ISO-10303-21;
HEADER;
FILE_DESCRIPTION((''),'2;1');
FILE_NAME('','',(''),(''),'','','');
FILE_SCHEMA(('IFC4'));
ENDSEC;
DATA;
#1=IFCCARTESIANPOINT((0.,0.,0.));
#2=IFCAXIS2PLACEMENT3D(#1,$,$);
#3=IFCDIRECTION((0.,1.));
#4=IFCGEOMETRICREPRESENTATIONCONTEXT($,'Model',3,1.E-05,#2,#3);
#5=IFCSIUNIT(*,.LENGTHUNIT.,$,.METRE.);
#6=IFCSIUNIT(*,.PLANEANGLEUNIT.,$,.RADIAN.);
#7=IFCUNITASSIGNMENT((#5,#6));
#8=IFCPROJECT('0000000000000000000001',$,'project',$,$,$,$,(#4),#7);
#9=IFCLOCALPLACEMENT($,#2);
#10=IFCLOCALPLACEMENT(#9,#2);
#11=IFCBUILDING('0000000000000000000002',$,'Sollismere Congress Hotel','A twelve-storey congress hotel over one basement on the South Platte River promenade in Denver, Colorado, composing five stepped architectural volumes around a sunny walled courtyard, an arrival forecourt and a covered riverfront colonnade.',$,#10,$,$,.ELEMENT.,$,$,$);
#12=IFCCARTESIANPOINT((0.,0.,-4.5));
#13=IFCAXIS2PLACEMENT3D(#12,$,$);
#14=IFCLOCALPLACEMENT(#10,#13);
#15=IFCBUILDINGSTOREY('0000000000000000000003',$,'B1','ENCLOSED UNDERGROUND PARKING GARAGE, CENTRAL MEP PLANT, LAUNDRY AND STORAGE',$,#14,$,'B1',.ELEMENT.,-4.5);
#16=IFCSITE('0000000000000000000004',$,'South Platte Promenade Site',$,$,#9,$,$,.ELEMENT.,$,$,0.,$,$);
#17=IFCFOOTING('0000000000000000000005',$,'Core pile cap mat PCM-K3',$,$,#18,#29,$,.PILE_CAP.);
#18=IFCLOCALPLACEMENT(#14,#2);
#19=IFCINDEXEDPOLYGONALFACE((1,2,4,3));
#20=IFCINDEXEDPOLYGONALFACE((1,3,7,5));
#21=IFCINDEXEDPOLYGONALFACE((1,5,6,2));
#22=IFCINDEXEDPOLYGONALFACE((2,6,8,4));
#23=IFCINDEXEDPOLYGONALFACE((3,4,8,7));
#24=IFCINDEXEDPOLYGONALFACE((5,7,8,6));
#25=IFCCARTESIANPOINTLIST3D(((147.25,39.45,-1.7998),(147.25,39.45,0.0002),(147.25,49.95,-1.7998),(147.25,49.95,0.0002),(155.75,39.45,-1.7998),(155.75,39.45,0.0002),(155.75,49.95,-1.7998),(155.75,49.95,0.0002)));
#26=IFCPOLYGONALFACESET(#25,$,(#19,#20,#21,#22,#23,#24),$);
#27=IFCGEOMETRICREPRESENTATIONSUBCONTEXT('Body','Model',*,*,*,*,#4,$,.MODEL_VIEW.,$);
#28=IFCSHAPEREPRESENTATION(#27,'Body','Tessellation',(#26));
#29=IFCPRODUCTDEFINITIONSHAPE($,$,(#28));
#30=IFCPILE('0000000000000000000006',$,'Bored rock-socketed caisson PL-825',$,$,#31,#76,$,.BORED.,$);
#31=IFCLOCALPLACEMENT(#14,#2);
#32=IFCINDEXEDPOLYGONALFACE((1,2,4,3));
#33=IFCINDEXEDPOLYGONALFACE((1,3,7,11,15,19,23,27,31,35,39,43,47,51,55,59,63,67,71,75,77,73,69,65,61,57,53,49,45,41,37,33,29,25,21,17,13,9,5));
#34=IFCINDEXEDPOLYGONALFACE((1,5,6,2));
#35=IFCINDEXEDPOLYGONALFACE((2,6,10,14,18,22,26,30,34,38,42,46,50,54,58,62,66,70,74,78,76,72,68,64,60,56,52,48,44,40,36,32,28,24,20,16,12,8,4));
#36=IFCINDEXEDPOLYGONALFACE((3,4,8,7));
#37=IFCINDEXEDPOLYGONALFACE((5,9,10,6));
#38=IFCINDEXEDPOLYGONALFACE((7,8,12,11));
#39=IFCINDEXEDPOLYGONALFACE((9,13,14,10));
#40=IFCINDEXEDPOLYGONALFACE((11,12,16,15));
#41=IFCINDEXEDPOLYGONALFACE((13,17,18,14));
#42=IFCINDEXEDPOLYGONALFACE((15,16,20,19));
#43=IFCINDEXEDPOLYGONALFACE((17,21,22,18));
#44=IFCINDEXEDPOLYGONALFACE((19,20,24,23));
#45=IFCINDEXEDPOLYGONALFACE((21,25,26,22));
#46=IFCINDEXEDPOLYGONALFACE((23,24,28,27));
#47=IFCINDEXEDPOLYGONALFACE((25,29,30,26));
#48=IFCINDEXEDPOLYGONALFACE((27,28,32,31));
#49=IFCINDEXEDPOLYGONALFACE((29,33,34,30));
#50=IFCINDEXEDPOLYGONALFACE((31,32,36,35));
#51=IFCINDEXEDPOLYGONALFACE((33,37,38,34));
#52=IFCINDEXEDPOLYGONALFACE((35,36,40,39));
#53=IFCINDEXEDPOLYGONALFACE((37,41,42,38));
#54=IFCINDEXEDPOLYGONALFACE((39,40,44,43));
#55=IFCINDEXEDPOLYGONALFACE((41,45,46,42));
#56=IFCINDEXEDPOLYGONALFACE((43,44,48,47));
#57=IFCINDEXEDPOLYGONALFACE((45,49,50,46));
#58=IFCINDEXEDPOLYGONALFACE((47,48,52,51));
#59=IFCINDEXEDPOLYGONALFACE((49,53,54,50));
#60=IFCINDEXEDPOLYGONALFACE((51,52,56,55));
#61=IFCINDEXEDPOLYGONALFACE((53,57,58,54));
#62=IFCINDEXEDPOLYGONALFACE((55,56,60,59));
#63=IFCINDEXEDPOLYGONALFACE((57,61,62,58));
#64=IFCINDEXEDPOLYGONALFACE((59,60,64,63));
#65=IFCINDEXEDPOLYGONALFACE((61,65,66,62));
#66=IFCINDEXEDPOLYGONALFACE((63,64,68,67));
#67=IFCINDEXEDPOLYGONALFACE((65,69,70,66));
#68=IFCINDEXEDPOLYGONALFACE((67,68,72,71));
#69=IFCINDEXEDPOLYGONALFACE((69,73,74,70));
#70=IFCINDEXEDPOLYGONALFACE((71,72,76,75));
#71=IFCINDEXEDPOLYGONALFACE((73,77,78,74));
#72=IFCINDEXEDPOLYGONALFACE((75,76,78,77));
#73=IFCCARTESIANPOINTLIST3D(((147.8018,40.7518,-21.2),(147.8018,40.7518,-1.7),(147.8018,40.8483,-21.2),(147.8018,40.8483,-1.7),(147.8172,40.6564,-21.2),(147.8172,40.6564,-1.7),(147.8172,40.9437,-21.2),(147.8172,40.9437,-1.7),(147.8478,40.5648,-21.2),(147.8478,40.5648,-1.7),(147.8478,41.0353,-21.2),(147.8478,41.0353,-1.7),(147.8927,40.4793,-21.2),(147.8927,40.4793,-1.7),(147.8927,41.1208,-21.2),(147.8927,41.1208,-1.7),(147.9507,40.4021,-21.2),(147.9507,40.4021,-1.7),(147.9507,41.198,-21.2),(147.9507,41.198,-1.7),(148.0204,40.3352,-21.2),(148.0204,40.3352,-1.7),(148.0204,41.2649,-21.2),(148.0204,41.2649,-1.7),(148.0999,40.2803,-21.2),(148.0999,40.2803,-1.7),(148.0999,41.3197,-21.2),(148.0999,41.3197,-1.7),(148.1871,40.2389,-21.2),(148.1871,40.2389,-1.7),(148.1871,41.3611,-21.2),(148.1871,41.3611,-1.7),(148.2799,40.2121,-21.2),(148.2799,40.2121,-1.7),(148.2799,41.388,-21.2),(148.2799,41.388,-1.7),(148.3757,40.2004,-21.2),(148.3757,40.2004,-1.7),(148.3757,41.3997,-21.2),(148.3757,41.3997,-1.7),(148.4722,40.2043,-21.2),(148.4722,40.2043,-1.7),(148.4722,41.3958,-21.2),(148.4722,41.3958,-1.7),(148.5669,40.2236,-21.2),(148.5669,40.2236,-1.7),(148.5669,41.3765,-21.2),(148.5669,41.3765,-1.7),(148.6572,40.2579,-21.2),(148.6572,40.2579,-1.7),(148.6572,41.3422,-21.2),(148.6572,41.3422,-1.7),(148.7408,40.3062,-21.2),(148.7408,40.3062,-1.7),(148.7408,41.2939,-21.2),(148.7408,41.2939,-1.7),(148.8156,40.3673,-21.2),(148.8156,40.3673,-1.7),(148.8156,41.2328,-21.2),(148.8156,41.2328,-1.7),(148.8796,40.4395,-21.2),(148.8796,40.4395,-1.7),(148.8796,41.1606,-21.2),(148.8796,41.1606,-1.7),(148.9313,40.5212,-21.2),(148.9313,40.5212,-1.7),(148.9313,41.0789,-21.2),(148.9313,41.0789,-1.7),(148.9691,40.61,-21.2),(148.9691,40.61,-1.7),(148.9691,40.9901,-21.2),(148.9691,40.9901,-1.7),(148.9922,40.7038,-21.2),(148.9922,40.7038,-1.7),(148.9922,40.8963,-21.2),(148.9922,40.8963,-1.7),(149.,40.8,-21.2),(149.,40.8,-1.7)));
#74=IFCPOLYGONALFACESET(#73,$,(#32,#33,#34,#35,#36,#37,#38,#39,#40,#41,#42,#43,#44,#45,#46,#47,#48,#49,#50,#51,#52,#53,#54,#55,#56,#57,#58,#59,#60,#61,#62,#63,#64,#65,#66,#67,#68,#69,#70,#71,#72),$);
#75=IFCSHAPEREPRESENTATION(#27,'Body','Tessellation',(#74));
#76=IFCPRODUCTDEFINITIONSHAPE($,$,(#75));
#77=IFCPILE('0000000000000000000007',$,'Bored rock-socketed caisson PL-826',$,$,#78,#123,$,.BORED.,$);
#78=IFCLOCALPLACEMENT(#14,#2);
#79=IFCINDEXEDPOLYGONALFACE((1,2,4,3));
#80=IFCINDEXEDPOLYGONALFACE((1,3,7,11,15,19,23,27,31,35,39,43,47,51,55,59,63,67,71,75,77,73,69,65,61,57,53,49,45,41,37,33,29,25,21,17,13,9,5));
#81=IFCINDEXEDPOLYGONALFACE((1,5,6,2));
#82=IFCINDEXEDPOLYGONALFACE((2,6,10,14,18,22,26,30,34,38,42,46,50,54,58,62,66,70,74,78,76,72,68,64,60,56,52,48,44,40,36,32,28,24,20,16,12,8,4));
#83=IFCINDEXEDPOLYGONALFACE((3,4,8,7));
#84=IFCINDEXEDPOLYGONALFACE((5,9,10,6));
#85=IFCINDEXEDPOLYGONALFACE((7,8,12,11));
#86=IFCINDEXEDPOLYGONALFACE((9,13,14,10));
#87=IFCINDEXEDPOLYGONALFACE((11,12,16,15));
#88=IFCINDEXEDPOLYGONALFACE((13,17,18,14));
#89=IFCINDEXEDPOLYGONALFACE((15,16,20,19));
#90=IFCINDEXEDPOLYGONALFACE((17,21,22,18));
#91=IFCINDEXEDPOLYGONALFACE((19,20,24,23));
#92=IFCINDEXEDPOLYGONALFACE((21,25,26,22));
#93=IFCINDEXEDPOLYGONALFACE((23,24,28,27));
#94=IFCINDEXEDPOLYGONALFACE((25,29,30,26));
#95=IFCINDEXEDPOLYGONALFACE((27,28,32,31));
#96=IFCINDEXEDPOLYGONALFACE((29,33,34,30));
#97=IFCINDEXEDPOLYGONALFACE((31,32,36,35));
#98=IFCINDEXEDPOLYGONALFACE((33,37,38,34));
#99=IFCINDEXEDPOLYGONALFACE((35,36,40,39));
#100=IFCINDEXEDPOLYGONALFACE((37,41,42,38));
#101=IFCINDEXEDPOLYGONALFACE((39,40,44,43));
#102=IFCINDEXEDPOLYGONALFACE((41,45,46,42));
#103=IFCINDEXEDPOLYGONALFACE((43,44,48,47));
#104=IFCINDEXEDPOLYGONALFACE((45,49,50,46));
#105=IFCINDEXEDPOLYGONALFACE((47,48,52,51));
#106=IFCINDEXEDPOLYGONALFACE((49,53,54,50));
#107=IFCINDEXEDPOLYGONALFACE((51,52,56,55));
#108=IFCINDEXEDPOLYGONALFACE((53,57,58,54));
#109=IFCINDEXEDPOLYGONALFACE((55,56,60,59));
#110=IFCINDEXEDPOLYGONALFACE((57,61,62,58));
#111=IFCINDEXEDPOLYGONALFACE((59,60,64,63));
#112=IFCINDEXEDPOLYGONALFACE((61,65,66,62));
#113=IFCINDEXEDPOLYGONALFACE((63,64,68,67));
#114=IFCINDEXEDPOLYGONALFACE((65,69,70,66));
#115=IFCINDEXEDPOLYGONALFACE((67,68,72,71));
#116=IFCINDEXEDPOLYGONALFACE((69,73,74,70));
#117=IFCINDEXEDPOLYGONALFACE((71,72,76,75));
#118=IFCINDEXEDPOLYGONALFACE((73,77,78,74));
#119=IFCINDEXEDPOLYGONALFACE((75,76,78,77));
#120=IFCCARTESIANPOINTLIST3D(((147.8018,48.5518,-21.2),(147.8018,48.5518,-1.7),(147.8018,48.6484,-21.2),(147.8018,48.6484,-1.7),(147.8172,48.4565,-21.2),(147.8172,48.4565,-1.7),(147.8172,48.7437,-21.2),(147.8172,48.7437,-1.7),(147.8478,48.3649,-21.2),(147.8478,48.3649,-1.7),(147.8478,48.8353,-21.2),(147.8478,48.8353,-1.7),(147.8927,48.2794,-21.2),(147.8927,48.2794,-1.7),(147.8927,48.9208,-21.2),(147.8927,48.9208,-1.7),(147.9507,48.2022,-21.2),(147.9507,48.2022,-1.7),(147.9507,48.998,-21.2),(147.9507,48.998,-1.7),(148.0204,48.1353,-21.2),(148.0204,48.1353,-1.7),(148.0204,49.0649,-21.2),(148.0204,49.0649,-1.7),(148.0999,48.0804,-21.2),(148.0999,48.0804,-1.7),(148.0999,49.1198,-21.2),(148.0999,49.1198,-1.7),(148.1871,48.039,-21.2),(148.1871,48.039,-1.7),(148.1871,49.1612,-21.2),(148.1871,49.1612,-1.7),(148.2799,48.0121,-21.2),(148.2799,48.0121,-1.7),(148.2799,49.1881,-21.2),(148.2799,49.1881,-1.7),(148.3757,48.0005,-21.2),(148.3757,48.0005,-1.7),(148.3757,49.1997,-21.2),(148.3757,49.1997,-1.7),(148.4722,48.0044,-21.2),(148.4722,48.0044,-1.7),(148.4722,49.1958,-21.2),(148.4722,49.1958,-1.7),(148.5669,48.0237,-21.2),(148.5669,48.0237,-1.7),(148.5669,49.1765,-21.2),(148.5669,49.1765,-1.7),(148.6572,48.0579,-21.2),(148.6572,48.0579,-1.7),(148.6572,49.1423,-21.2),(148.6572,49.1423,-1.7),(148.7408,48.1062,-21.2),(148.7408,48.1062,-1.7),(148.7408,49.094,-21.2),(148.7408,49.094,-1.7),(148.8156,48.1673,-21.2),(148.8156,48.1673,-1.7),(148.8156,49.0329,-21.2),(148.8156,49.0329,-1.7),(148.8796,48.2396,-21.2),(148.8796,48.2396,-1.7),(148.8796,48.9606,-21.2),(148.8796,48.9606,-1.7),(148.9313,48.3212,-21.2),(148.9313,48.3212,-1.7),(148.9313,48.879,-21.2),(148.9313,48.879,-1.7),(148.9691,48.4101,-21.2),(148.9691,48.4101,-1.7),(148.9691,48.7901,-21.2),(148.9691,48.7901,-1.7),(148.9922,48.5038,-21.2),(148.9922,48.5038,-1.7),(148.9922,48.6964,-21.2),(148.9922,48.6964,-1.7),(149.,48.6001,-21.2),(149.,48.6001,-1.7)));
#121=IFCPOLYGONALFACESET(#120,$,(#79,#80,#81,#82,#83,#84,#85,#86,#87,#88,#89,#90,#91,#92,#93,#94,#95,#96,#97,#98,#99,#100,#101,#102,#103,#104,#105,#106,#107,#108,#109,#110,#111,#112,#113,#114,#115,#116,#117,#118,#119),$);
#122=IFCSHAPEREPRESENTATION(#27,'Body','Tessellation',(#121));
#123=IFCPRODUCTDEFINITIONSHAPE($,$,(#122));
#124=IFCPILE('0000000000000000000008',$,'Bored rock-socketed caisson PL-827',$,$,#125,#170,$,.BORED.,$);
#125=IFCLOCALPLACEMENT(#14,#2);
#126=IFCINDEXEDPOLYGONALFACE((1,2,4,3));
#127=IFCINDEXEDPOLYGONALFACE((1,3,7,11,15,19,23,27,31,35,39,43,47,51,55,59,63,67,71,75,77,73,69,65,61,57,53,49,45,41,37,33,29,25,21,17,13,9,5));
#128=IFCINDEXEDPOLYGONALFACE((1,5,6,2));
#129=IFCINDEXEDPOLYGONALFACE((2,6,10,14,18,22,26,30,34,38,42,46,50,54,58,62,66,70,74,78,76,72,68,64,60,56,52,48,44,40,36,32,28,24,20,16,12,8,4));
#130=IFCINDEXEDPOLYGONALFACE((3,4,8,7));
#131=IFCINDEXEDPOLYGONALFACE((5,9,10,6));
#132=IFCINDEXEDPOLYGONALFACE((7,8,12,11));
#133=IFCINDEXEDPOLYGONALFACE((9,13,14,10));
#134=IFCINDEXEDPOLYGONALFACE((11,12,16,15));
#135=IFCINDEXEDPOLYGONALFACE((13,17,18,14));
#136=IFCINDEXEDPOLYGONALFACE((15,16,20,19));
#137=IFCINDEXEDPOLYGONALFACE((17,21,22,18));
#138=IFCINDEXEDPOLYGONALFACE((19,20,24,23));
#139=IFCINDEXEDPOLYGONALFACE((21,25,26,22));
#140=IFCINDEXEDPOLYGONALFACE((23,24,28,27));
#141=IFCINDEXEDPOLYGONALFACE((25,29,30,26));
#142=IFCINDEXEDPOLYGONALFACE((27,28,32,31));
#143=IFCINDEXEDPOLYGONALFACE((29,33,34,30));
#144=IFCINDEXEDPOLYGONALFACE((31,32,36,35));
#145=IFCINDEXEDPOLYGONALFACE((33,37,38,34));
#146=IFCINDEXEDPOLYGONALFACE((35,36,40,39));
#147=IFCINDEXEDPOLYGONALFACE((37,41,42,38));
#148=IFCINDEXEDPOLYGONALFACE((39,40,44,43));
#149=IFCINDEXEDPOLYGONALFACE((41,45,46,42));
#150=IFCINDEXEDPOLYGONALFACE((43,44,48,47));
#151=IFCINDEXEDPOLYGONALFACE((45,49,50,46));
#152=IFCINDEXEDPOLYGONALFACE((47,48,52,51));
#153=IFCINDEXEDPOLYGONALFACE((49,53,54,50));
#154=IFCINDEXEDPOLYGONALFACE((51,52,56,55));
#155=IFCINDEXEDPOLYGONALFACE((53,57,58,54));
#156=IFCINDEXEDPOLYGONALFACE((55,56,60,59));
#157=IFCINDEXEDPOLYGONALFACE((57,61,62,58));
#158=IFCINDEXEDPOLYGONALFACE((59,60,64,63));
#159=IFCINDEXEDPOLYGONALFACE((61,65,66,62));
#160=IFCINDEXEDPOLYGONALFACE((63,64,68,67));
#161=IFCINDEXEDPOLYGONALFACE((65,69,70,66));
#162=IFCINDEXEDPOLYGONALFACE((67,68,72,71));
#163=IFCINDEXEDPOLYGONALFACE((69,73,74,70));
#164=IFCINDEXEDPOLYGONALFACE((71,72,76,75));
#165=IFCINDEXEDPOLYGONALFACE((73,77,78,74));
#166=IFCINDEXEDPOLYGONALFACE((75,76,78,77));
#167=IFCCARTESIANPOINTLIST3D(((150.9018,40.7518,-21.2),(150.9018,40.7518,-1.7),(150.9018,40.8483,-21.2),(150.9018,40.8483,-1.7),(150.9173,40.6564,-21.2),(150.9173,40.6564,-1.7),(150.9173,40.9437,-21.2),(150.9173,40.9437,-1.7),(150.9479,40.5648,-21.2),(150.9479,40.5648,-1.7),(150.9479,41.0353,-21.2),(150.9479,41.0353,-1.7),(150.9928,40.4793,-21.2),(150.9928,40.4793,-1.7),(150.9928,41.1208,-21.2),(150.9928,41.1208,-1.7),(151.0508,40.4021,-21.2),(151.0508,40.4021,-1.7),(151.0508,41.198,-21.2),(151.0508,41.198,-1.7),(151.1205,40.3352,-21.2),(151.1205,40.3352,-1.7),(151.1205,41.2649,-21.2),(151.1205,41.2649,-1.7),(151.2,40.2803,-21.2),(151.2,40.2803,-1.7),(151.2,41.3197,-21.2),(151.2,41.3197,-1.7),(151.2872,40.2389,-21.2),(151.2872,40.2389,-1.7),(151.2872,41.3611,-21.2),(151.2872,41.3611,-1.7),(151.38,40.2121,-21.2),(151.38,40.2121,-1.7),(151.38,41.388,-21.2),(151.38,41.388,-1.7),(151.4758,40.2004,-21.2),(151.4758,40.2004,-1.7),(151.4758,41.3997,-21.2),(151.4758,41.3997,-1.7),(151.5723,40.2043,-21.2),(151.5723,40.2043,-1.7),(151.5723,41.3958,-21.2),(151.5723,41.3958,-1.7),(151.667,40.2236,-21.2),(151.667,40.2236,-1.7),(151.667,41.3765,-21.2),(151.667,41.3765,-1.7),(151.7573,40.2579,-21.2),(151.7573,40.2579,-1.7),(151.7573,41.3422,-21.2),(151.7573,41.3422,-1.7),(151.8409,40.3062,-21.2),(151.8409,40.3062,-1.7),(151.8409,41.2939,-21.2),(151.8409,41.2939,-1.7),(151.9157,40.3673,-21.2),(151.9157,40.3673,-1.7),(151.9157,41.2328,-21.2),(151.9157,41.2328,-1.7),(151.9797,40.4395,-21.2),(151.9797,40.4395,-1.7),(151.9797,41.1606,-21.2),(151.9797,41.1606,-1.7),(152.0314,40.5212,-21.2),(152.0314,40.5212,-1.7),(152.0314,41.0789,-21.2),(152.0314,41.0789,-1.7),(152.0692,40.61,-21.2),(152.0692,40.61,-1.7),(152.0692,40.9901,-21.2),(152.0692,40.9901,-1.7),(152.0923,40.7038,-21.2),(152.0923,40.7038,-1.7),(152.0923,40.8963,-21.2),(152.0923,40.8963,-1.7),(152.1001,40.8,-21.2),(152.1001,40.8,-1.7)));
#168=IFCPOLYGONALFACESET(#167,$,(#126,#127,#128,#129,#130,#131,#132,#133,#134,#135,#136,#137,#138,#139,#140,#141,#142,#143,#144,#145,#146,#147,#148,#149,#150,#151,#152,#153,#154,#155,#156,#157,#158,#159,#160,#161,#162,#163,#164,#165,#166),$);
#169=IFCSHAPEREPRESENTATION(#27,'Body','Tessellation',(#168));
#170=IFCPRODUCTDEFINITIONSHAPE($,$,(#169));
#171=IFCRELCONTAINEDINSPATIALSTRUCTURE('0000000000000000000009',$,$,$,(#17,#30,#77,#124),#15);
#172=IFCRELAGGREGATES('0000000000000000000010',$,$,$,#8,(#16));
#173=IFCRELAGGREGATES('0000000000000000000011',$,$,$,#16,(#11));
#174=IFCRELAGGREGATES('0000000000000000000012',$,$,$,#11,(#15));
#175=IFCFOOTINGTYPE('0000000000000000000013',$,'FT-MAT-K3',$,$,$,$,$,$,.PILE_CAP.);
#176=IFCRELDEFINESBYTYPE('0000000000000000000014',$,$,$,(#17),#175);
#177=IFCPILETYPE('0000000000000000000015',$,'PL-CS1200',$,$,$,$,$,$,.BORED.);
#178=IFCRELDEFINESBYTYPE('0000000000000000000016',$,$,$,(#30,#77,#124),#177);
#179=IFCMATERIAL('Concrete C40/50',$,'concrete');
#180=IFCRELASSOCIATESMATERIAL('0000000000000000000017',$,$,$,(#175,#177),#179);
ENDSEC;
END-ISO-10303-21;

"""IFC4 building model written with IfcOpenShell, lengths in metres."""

from ifc_helpers import new_model, si_unit, direction, frame, origin, origin_2d, place, context, subcontext, project, spatial, rectangle, circle, extrude, material, material_profile, profile_set, type_object, element, save


model = new_model("IFC4")

# Units and contexts
model_context = context("Model", 3, precision=1e-05, world=origin(), true_north=direction((0.0, 1.0)))
body_context = subcontext(model_context, "Body", "Model", "MODEL_VIEW")
ifc_project = project(units=[si_unit("LENGTHUNIT", "METRE"), si_unit("PLANEANGLEUNIT", "RADIAN")], contexts=[model_context])

# Site, building, storey
site_placement = place(None, origin())
site = spatial("IfcSite", under=ifc_project, at=site_placement, Name="South Platte Promenade Site", CompositionType="ELEMENT", RefElevation=0.0)
building_placement = place(site_placement, origin())
building = spatial("IfcBuilding", under=site, at=building_placement, Name="Sollismere Congress Hotel", Description="A twelve-storey congress hotel over one basement on the South Platte River promenade in Denver, Colorado, composing five stepped architectural volumes around a sunny walled courtyard, an arrival forecourt and a covered riverfront colonnade.", CompositionType="ELEMENT")
storey_placement = place(building_placement, frame((0.0, 0.0, -4.5)))
storey = spatial("IfcBuildingStorey", under=building, at=storey_placement, Name="B1", Description="ENCLOSED UNDERGROUND PARKING GARAGE, CENTRAL MEP PLANT, LAUNDRY AND STORAGE", LongName="B1", CompositionType="ELEMENT", Elevation=-4.5)

# Footing
ifc_material_1 = material(Name="Concrete C40/50", Category="concrete")
footing_type = type_object("IfcFootingType", Name="FT-MAT-K3", PredefinedType="PILE_CAP", material=ifc_material_1)
footing_placement = place(storey_placement, frame((151.5, 44.7, -1.7998), z_axis=(0.0, 0.0, 1.0), x_axis=(1.0, 0.0, 0.0)))
element("IfcFooting", 1, at=footing_placement, inside=storey, type_object=footing_type, Name="Core pile cap mat PCM-K3", PredefinedType="PILE_CAP", context=body_context, shape_type="SweptSolid", body=[
    extrude(rectangle(XDim=8.5, YDim=10.5, at=origin_2d()), origin(), (0.0, 0.0, 1.0), 1.8),
])

# Piles
ifc_material_profile = material_profile(ifc_material_1, circle(Radius=0.6001, at=origin_2d()), Name="CAISSON1200")
ifc_profile_set = profile_set([ifc_material_profile], Name="Concrete C40/50")
pile_type = type_object("IfcPileType", Name="PL-CS1200", PredefinedType="BORED", material=ifc_profile_set)
for number, where, z_axis, x_axis, name in (
    (2, (148.3999, 40.8, -1.7), (0.0, 0.0, -1.0), (1.0, 0.0, 0.0), "Bored rock-socketed caisson PL-825"),
    (3, (148.3999, 48.6001, -1.7), (0.0, 0.0, -1.0), (1.0, 0.0, 0.0), "Bored rock-socketed caisson PL-826"),
    (4, (151.5, 40.8, -1.7), (0.0, 0.0, -1.0), (1.0, 0.0, 0.0), "Bored rock-socketed caisson PL-827"),
):
    element("IfcPile", number, at=place(storey_placement, frame(where, z_axis=z_axis, x_axis=x_axis)), inside=storey, type_object=pile_type, Name=name, PredefinedType="BORED", context=body_context, shape_type="SweptSolid", body=[
        extrude(circle(Radius=0.6001, at=origin_2d()), origin(), (0.0, 0.0, 1.0), 19.5),
    ])

save(model, "model.ifc")
